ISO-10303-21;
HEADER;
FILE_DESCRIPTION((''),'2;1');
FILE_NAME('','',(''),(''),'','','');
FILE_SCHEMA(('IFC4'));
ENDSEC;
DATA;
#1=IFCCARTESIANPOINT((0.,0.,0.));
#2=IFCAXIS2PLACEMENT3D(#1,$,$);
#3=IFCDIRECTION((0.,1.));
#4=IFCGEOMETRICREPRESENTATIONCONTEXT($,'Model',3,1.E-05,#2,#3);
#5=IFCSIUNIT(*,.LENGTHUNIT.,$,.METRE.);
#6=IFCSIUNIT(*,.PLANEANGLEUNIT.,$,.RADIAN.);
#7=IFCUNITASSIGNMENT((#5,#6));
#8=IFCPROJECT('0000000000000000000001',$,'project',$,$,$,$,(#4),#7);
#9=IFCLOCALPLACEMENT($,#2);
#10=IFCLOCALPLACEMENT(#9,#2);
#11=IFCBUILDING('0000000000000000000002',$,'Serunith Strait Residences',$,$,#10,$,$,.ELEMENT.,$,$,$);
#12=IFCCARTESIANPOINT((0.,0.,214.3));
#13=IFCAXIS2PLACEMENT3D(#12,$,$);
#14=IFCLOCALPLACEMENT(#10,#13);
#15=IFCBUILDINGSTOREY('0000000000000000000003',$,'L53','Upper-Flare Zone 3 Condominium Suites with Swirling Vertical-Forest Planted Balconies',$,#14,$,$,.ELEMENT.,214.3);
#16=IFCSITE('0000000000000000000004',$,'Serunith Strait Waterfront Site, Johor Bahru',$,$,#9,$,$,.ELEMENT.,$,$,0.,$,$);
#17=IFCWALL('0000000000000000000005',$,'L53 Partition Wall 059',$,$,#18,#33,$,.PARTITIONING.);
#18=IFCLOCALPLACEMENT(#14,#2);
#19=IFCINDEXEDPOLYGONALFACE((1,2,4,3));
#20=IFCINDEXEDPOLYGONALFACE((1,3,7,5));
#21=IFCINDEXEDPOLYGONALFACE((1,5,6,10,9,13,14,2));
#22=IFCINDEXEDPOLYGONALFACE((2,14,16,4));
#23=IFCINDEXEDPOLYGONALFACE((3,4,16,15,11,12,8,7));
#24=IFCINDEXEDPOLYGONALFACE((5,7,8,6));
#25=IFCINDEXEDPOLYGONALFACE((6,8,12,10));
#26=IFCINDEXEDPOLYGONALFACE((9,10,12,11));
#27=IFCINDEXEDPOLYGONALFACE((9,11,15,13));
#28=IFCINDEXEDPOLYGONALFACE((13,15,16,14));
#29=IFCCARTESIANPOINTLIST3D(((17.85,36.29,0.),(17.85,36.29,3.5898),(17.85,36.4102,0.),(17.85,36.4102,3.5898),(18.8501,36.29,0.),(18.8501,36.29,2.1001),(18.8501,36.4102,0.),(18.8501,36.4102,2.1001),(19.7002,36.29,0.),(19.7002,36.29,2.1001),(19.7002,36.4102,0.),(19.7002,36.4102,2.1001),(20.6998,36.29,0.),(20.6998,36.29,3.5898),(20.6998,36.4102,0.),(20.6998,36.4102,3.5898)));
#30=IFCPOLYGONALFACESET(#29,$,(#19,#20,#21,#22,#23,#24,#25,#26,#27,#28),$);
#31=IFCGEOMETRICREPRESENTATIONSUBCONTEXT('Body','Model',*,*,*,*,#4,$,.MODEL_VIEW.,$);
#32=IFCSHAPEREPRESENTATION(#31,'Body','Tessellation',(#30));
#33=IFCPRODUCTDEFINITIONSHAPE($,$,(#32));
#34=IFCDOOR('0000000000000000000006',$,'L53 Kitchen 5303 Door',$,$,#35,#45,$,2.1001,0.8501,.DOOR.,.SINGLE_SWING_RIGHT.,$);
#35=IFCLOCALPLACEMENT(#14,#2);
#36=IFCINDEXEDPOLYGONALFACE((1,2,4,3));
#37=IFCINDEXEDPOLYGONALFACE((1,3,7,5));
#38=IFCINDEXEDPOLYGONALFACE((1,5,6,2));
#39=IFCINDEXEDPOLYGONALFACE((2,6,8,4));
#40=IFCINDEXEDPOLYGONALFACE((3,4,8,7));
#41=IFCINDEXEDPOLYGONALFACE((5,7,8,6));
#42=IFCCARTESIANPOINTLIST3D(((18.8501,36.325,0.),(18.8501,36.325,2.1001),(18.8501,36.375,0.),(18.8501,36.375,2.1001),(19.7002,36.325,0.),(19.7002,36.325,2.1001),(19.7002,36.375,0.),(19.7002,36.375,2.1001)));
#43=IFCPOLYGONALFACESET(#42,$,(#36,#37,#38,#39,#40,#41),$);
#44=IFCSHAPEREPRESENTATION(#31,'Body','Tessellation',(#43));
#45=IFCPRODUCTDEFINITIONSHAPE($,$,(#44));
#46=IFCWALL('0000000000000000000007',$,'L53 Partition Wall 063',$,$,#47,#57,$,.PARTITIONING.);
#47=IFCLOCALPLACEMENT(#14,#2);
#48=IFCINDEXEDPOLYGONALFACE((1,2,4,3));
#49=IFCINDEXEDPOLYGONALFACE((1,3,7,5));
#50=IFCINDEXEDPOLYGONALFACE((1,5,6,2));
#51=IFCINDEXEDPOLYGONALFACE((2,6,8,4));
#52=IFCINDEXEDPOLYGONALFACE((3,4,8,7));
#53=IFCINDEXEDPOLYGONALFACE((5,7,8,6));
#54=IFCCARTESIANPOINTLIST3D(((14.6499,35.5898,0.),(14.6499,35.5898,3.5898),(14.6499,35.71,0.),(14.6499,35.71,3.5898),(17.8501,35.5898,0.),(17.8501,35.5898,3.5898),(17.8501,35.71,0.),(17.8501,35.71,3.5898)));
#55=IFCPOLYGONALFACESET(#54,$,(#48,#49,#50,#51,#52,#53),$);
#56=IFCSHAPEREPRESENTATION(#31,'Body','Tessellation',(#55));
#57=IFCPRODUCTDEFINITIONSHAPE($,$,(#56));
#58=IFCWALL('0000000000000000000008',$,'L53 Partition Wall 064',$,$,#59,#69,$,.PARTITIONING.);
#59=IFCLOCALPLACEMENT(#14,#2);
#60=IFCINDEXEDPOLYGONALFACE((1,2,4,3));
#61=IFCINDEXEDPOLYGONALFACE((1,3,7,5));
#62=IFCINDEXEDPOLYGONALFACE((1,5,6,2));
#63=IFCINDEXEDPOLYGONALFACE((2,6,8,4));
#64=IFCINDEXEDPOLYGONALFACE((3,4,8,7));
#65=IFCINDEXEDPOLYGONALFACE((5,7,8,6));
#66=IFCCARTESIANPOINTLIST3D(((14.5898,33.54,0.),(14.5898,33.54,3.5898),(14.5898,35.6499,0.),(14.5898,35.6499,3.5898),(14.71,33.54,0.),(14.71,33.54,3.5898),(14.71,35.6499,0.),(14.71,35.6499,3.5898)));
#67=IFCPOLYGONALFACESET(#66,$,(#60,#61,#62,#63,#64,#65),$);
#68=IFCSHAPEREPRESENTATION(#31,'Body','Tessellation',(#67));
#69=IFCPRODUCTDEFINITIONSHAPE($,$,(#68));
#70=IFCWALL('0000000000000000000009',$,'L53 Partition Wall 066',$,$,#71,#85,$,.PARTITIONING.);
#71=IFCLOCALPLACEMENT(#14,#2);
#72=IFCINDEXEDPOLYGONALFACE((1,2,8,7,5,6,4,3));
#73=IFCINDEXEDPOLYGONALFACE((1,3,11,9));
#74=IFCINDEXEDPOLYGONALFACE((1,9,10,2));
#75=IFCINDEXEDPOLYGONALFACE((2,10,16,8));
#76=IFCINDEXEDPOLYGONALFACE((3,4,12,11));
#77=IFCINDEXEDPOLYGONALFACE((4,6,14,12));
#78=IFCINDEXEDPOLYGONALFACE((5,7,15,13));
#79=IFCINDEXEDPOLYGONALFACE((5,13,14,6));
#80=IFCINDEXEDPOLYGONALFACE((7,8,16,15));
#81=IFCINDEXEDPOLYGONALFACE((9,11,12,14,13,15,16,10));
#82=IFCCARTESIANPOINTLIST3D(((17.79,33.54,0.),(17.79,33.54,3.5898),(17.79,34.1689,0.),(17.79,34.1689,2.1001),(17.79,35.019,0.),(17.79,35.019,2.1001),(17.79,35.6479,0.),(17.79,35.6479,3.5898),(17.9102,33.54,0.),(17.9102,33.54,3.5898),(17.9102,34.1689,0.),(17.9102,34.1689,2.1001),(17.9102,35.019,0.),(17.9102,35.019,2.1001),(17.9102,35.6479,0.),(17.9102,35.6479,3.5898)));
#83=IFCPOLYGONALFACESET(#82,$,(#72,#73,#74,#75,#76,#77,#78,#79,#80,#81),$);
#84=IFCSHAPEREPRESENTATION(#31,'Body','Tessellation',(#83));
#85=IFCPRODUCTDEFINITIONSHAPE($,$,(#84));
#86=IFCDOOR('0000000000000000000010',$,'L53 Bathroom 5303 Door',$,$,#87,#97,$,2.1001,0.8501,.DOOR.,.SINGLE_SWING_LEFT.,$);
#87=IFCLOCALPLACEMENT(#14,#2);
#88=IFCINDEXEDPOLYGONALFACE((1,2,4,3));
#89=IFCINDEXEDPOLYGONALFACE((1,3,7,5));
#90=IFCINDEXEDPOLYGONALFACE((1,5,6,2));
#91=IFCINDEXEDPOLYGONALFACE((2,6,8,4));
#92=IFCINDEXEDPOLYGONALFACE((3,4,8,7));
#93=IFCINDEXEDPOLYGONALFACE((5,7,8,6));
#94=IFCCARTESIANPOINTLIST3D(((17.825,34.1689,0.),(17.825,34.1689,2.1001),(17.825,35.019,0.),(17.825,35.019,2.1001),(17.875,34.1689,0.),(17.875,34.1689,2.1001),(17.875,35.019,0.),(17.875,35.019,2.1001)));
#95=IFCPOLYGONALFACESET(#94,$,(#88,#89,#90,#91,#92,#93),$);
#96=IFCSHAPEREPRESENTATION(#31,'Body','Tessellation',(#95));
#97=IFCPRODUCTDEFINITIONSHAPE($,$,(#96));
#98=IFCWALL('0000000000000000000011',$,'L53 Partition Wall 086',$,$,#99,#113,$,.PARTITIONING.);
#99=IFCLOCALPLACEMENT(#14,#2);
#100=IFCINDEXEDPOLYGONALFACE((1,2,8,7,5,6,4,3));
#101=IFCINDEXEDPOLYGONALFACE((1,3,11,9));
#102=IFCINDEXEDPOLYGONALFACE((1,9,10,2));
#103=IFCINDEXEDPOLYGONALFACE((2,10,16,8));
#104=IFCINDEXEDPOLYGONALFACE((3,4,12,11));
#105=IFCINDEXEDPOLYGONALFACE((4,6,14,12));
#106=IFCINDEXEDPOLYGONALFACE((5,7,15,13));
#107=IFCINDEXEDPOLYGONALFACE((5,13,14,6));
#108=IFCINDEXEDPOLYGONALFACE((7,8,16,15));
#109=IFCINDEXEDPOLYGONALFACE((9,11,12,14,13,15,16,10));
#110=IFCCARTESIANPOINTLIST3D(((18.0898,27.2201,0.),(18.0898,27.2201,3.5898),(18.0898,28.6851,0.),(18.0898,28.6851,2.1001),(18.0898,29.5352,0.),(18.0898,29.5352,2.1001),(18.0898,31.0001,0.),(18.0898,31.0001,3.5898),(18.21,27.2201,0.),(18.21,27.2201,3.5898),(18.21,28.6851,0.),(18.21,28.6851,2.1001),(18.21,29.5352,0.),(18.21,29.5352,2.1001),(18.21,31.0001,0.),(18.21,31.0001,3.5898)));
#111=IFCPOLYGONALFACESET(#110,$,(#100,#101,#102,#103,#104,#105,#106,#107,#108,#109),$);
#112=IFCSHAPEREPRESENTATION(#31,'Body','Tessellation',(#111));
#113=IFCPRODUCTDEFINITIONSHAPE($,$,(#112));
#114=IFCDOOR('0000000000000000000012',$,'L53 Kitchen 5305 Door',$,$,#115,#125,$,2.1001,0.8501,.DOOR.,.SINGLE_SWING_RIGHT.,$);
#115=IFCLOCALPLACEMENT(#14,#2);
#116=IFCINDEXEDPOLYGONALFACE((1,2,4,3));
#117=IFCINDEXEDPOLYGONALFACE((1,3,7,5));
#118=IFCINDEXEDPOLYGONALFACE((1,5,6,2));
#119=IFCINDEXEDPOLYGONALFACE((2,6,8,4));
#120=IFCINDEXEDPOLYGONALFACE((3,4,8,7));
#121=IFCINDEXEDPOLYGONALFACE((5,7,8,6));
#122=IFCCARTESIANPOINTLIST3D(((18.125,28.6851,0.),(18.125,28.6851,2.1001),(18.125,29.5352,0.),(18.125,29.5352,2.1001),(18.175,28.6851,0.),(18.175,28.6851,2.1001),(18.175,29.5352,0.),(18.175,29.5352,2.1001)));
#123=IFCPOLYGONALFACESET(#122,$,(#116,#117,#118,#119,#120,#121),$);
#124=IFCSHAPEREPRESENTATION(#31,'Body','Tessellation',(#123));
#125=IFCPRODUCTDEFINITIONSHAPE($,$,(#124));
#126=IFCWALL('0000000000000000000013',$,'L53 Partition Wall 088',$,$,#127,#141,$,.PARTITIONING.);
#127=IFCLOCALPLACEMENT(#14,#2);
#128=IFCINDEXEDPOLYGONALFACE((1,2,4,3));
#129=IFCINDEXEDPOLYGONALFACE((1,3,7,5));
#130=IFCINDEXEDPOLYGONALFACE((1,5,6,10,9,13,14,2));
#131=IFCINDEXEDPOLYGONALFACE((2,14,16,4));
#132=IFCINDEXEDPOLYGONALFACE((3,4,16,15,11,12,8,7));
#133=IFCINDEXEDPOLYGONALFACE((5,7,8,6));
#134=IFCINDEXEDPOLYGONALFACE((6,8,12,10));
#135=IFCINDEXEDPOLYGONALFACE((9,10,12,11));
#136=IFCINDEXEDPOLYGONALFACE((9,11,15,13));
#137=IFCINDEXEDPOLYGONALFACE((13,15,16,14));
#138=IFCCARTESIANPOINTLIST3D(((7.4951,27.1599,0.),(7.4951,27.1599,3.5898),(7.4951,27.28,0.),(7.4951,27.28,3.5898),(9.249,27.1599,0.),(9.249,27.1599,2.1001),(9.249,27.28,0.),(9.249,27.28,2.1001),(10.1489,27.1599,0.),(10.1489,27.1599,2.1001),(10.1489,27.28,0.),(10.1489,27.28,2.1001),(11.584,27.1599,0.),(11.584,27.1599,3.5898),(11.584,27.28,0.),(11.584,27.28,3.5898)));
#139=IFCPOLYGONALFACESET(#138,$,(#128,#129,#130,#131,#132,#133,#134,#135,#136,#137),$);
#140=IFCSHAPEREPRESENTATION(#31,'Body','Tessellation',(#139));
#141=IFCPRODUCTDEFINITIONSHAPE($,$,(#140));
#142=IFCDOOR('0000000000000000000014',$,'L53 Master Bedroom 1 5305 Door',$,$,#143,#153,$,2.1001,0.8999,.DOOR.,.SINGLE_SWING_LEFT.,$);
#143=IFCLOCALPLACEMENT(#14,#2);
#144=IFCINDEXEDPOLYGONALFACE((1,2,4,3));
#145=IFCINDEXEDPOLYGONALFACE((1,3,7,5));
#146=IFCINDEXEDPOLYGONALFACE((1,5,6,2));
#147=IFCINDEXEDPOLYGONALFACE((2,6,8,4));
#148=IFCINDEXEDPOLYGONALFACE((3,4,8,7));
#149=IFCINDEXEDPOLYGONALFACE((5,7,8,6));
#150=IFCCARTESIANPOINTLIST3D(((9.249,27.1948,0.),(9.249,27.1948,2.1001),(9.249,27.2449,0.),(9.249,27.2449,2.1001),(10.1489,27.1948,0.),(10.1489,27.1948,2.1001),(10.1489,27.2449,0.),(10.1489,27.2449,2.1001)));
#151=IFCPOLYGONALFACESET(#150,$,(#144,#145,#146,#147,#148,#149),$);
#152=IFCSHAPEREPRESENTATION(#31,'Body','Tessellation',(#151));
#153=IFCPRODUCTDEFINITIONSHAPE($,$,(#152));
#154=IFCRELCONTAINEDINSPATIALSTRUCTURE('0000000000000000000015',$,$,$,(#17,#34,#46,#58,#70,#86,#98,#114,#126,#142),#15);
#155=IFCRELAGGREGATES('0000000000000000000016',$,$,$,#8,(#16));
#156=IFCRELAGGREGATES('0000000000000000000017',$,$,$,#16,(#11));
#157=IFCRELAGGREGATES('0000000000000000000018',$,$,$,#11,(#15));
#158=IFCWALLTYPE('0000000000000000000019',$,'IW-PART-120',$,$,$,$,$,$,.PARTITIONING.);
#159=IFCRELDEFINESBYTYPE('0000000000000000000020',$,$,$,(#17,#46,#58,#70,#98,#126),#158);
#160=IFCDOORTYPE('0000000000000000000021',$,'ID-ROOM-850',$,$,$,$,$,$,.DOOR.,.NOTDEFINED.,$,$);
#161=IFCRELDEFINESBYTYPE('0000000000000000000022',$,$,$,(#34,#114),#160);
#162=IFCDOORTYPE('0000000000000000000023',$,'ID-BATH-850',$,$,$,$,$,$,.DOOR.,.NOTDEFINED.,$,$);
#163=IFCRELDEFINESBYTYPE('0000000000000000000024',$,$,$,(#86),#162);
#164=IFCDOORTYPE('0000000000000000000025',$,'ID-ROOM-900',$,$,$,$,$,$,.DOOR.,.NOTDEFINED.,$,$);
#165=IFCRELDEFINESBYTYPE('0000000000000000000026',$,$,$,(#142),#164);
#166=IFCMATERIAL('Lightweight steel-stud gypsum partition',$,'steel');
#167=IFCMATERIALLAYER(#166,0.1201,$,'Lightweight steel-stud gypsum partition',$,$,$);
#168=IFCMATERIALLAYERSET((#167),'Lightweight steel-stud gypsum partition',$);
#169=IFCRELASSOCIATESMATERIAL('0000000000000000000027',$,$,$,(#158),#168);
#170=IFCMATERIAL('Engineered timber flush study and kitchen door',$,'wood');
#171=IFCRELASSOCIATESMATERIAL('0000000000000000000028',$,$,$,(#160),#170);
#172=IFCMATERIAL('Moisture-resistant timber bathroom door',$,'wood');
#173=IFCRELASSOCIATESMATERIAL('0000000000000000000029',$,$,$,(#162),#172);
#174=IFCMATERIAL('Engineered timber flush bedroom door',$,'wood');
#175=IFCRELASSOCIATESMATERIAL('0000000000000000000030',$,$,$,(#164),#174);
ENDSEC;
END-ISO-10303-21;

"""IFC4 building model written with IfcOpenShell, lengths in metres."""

from ifc_helpers import new_model, si_unit, direction, frame, frame_2d, origin, place, context, subcontext, project, spatial, rectangle, extrude, source, transform, mapped, material, layer, layer_set, type_object, element, fill, save


model = new_model("IFC4")

# Units and contexts
model_context = context("Model", 3, precision=1e-05, world=origin(), true_north=direction((0.0, 1.0)))
body_context = subcontext(model_context, "Body", "Model", "MODEL_VIEW")
ifc_project = project(units=[si_unit("LENGTHUNIT", "METRE"), si_unit("PLANEANGLEUNIT", "RADIAN")], contexts=[model_context])

# Site, building, storey
site_placement = place(None, origin())
site = spatial("IfcSite", under=ifc_project, at=site_placement, Name="Serunith Strait Waterfront Site, Johor Bahru", CompositionType="ELEMENT", RefElevation=0.0)
building_placement = place(site_placement, origin())
building = spatial("IfcBuilding", under=site, at=building_placement, Name="Serunith Strait Residences", CompositionType="ELEMENT")
storey_placement = place(building_placement, frame((0.0, 0.0, 214.3)))
storey = spatial("IfcBuildingStorey", under=building, at=storey_placement, Name="L53", Description="Upper-Flare Zone 3 Condominium Suites with Swirling Vertical-Forest Planted Balconies", CompositionType="ELEMENT", Elevation=214.3)

# Wall, opening, door
ifc_material_1 = material(Name="Lightweight steel-stud gypsum partition", Category="steel")
ifc_layer_1 = layer(ifc_material_1, 0.1201, Name="Lightweight steel-stud gypsum partition")
ifc_layer_set_1 = layer_set([ifc_layer_1], Name="Lightweight steel-stud gypsum partition")
wall_type_1 = type_object("IfcWallType", Name="IW-PART-120", PredefinedType="PARTITIONING", material=ifc_layer_set_1)
wall_1_placement = place(storey_placement, frame((17.8501, 36.3501, 0.0), z_axis=(0.0, 0.0, 1.0), x_axis=(1.0, 0.0, 0.0)))
wall_1 = element("IfcWall", 1, at=wall_1_placement, inside=storey, type_object=wall_type_1, Name="L53 Partition Wall 059", PredefinedType="PARTITIONING", context=body_context, shape_type="SweptSolid", body=[
    extrude(rectangle(XDim=2.8499, YDim=0.1201, at=frame_2d((1.4248, 0.0))), origin(), (0.0, 0.0, 1.0), 3.5898),
])
opening_1_placement = place(wall_1_placement, frame((1.0, 0.0, 0.0)))
opening_1 = element("IfcOpeningElement", 2, at=opening_1_placement, cuts=wall_1, PredefinedType="OPENING", context=body_context, shape_type="SweptSolid", body=[
    extrude(rectangle(XDim=0.8501, YDim=2.1001, at=frame_2d((0.425, 1.05))), frame((0.0, 0.0701, 0.0), z_axis=(0.0, -1.0, 0.0), x_axis=(1.0, 0.0, 0.0)), (0.0, 0.0, 1.0), 0.1401),
])
ifc_material_2 = material(Name="Engineered timber flush study and kitchen door", Category="wood")
door_type_1 = type_object("IfcDoorType", Name="ID-ROOM-850", OperationType="NOTDEFINED", PredefinedType="DOOR", material=ifc_material_2)
shared_shape_1 = source(origin(), body_context, "Body", "SweptSolid", [
    extrude(rectangle(XDim=0.8501, YDim=2.1001, at=frame_2d((0.425, 1.05))), frame((0.0, 0.0249, 0.0), z_axis=(0.0, -1.0, 0.0), x_axis=(1.0, 0.0, 0.0)), (0.0, 0.0, 1.0), 0.05),
])
door_1_placement = place(opening_1_placement, origin())
door_1 = element("IfcDoor", 3, at=door_1_placement, inside=storey, type_object=door_type_1, Name="L53 Kitchen 5303 Door", OperationType="SINGLE_SWING_RIGHT", OverallHeight=2.1001, OverallWidth=0.8501, PredefinedType="DOOR", context=body_context, shape_type="MappedRepresentation", body=[
    mapped(shared_shape_1, transform((0.0, 0.0, 0.0), scale=1.0)),
])
fill(opening_1, door_1)

# Walls
wall_2_placement = place(storey_placement, frame((14.6499, 35.6499, 0.0), z_axis=(0.0, 0.0, 1.0), x_axis=(1.0, 0.0, 0.0)))
element("IfcWall", 4, at=wall_2_placement, inside=storey, type_object=wall_type_1, Name="L53 Partition Wall 063", PredefinedType="PARTITIONING", context=body_context, shape_type="SweptSolid", body=[
    extrude(rectangle(XDim=3.2002, YDim=0.1201, at=frame_2d((1.6001, 0.0))), origin(), (0.0, 0.0, 1.0), 3.5898),
])
wall_3_placement = place(storey_placement, frame((14.6499, 35.6499, 0.0), z_axis=(0.0, 0.0, 1.0), x_axis=(0.0, -1.0, 0.0)))
element("IfcWall", 5, at=wall_3_placement, inside=storey, type_object=wall_type_1, Name="L53 Partition Wall 064", PredefinedType="PARTITIONING", context=body_context, shape_type="SweptSolid", body=[
    extrude(rectangle(XDim=2.1099, YDim=0.1201, at=frame_2d((1.0549, 0.0))), origin(), (0.0, 0.0, 1.0), 3.5898),
])

# Walls, openings, doors
wall_4_placement = place(storey_placement, frame((17.8501, 35.6479, 0.0), z_axis=(0.0, 0.0, 1.0), x_axis=(0.0, -1.0, 0.0)))
wall_4 = element("IfcWall", 6, at=wall_4_placement, inside=storey, type_object=wall_type_1, Name="L53 Partition Wall 066", PredefinedType="PARTITIONING", context=body_context, shape_type="SweptSolid", body=[
    extrude(rectangle(XDim=2.1079, YDim=0.1201, at=frame_2d((1.054, 0.0))), origin(), (0.0, 0.0, 1.0), 3.5898),
])
opening_2_placement = place(wall_4_placement, frame((0.6289, 0.0, 0.0)))
opening_2 = element("IfcOpeningElement", 7, at=opening_2_placement, cuts=wall_4, PredefinedType="OPENING", context=body_context, shape_type="SweptSolid", body=[
    extrude(rectangle(XDim=0.8501, YDim=2.1001, at=frame_2d((0.425, 1.05))), frame((0.0, 0.0701, 0.0), z_axis=(0.0, -1.0, 0.0), x_axis=(1.0, 0.0, 0.0)), (0.0, 0.0, 1.0), 0.1401),
])
ifc_material_3 = material(Name="Moisture-resistant timber bathroom door", Category="wood")
door_type_2 = type_object("IfcDoorType", Name="ID-BATH-850", OperationType="NOTDEFINED", PredefinedType="DOOR", material=ifc_material_3)
door_2_placement = place(opening_2_placement, origin())
door_2 = element("IfcDoor", 8, at=door_2_placement, inside=storey, type_object=door_type_2, Name="L53 Bathroom 5303 Door", OperationType="SINGLE_SWING_LEFT", OverallHeight=2.1001, OverallWidth=0.8501, PredefinedType="DOOR", context=body_context, shape_type="MappedRepresentation", body=[
    mapped(shared_shape_1, transform((0.0, 0.0, 0.0), scale=1.0)),
])
fill(opening_2, door_2)
wall_5_placement = place(storey_placement, frame((18.1499, 27.22, 0.0), z_axis=(0.0, 0.0, 1.0), x_axis=(0.0, 1.0, 0.0)))
wall_5 = element("IfcWall", 9, at=wall_5_placement, inside=storey, type_object=wall_type_1, Name="L53 Partition Wall 086", PredefinedType="PARTITIONING", context=body_context, shape_type="SweptSolid", body=[
    extrude(rectangle(XDim=3.78, YDim=0.1201, at=frame_2d((1.8901, 0.0))), origin(), (0.0, 0.0, 1.0), 3.5898),
])
opening_3_placement = place(wall_5_placement, frame((1.4651, 0.0, 0.0)))
opening_3 = element("IfcOpeningElement", 10, at=opening_3_placement, cuts=wall_5, PredefinedType="OPENING", context=body_context, shape_type="SweptSolid", body=[
    extrude(rectangle(XDim=0.8501, YDim=2.1001, at=frame_2d((0.425, 1.05))), frame((0.0, 0.0701, 0.0), z_axis=(0.0, -1.0, 0.0), x_axis=(1.0, 0.0, 0.0)), (0.0, 0.0, 1.0), 0.1401),
])
door_3_placement = place(opening_3_placement, origin())
door_3 = element("IfcDoor", 11, at=door_3_placement, inside=storey, type_object=door_type_1, Name="L53 Kitchen 5305 Door", OperationType="SINGLE_SWING_RIGHT", OverallHeight=2.1001, OverallWidth=0.8501, PredefinedType="DOOR", context=body_context, shape_type="MappedRepresentation", body=[
    mapped(shared_shape_1, transform((0.0, 0.0, 0.0), scale=1.0)),
])
fill(opening_3, door_3)
wall_6_placement = place(storey_placement, frame((7.4951, 27.22, 0.0), z_axis=(0.0, 0.0, 1.0), x_axis=(1.0, 0.0, 0.0)))
wall_6 = element("IfcWall", 12, at=wall_6_placement, inside=storey, type_object=wall_type_1, Name="L53 Partition Wall 088", PredefinedType="PARTITIONING", context=body_context, shape_type="SweptSolid", body=[
    extrude(rectangle(XDim=4.0889, YDim=0.1201, at=frame_2d((2.0444, 0.0))), origin(), (0.0, 0.0, 1.0), 3.5898),
])
opening_4_placement = place(wall_6_placement, frame((1.7539, 0.0, 0.0)))
opening_4 = element("IfcOpeningElement", 13, at=opening_4_placement, cuts=wall_6, PredefinedType="OPENING", context=body_context, shape_type="SweptSolid", body=[
    extrude(rectangle(XDim=0.8999, YDim=2.1001, at=frame_2d((0.45, 1.05))), frame((0.0, 0.0701, 0.0), z_axis=(0.0, -1.0, 0.0), x_axis=(1.0, 0.0, 0.0)), (0.0, 0.0, 1.0), 0.1401),
])
ifc_material_4 = material(Name="Engineered timber flush bedroom door", Category="wood")
door_type_3 = type_object("IfcDoorType", Name="ID-ROOM-900", OperationType="NOTDEFINED", PredefinedType="DOOR", material=ifc_material_4)
shared_shape_2 = source(origin(), body_context, "Body", "SweptSolid", [
    extrude(rectangle(XDim=0.8999, YDim=2.1001, at=frame_2d((0.45, 1.05))), frame((0.0, 0.0249, 0.0), z_axis=(0.0, -1.0, 0.0), x_axis=(1.0, 0.0, 0.0)), (0.0, 0.0, 1.0), 0.05),
])
door_4_placement = place(opening_4_placement, origin())
door_4 = element("IfcDoor", 14, at=door_4_placement, inside=storey, type_object=door_type_3, Name="L53 Master Bedroom 1 5305 Door", OperationType="SINGLE_SWING_LEFT", OverallHeight=2.1001, OverallWidth=0.8999, PredefinedType="DOOR", context=body_context, shape_type="MappedRepresentation", body=[
    mapped(shared_shape_2, transform((0.0, 0.0, 0.0), scale=1.0)),
])
fill(opening_4, door_4)

save(model, "model.ifc")
